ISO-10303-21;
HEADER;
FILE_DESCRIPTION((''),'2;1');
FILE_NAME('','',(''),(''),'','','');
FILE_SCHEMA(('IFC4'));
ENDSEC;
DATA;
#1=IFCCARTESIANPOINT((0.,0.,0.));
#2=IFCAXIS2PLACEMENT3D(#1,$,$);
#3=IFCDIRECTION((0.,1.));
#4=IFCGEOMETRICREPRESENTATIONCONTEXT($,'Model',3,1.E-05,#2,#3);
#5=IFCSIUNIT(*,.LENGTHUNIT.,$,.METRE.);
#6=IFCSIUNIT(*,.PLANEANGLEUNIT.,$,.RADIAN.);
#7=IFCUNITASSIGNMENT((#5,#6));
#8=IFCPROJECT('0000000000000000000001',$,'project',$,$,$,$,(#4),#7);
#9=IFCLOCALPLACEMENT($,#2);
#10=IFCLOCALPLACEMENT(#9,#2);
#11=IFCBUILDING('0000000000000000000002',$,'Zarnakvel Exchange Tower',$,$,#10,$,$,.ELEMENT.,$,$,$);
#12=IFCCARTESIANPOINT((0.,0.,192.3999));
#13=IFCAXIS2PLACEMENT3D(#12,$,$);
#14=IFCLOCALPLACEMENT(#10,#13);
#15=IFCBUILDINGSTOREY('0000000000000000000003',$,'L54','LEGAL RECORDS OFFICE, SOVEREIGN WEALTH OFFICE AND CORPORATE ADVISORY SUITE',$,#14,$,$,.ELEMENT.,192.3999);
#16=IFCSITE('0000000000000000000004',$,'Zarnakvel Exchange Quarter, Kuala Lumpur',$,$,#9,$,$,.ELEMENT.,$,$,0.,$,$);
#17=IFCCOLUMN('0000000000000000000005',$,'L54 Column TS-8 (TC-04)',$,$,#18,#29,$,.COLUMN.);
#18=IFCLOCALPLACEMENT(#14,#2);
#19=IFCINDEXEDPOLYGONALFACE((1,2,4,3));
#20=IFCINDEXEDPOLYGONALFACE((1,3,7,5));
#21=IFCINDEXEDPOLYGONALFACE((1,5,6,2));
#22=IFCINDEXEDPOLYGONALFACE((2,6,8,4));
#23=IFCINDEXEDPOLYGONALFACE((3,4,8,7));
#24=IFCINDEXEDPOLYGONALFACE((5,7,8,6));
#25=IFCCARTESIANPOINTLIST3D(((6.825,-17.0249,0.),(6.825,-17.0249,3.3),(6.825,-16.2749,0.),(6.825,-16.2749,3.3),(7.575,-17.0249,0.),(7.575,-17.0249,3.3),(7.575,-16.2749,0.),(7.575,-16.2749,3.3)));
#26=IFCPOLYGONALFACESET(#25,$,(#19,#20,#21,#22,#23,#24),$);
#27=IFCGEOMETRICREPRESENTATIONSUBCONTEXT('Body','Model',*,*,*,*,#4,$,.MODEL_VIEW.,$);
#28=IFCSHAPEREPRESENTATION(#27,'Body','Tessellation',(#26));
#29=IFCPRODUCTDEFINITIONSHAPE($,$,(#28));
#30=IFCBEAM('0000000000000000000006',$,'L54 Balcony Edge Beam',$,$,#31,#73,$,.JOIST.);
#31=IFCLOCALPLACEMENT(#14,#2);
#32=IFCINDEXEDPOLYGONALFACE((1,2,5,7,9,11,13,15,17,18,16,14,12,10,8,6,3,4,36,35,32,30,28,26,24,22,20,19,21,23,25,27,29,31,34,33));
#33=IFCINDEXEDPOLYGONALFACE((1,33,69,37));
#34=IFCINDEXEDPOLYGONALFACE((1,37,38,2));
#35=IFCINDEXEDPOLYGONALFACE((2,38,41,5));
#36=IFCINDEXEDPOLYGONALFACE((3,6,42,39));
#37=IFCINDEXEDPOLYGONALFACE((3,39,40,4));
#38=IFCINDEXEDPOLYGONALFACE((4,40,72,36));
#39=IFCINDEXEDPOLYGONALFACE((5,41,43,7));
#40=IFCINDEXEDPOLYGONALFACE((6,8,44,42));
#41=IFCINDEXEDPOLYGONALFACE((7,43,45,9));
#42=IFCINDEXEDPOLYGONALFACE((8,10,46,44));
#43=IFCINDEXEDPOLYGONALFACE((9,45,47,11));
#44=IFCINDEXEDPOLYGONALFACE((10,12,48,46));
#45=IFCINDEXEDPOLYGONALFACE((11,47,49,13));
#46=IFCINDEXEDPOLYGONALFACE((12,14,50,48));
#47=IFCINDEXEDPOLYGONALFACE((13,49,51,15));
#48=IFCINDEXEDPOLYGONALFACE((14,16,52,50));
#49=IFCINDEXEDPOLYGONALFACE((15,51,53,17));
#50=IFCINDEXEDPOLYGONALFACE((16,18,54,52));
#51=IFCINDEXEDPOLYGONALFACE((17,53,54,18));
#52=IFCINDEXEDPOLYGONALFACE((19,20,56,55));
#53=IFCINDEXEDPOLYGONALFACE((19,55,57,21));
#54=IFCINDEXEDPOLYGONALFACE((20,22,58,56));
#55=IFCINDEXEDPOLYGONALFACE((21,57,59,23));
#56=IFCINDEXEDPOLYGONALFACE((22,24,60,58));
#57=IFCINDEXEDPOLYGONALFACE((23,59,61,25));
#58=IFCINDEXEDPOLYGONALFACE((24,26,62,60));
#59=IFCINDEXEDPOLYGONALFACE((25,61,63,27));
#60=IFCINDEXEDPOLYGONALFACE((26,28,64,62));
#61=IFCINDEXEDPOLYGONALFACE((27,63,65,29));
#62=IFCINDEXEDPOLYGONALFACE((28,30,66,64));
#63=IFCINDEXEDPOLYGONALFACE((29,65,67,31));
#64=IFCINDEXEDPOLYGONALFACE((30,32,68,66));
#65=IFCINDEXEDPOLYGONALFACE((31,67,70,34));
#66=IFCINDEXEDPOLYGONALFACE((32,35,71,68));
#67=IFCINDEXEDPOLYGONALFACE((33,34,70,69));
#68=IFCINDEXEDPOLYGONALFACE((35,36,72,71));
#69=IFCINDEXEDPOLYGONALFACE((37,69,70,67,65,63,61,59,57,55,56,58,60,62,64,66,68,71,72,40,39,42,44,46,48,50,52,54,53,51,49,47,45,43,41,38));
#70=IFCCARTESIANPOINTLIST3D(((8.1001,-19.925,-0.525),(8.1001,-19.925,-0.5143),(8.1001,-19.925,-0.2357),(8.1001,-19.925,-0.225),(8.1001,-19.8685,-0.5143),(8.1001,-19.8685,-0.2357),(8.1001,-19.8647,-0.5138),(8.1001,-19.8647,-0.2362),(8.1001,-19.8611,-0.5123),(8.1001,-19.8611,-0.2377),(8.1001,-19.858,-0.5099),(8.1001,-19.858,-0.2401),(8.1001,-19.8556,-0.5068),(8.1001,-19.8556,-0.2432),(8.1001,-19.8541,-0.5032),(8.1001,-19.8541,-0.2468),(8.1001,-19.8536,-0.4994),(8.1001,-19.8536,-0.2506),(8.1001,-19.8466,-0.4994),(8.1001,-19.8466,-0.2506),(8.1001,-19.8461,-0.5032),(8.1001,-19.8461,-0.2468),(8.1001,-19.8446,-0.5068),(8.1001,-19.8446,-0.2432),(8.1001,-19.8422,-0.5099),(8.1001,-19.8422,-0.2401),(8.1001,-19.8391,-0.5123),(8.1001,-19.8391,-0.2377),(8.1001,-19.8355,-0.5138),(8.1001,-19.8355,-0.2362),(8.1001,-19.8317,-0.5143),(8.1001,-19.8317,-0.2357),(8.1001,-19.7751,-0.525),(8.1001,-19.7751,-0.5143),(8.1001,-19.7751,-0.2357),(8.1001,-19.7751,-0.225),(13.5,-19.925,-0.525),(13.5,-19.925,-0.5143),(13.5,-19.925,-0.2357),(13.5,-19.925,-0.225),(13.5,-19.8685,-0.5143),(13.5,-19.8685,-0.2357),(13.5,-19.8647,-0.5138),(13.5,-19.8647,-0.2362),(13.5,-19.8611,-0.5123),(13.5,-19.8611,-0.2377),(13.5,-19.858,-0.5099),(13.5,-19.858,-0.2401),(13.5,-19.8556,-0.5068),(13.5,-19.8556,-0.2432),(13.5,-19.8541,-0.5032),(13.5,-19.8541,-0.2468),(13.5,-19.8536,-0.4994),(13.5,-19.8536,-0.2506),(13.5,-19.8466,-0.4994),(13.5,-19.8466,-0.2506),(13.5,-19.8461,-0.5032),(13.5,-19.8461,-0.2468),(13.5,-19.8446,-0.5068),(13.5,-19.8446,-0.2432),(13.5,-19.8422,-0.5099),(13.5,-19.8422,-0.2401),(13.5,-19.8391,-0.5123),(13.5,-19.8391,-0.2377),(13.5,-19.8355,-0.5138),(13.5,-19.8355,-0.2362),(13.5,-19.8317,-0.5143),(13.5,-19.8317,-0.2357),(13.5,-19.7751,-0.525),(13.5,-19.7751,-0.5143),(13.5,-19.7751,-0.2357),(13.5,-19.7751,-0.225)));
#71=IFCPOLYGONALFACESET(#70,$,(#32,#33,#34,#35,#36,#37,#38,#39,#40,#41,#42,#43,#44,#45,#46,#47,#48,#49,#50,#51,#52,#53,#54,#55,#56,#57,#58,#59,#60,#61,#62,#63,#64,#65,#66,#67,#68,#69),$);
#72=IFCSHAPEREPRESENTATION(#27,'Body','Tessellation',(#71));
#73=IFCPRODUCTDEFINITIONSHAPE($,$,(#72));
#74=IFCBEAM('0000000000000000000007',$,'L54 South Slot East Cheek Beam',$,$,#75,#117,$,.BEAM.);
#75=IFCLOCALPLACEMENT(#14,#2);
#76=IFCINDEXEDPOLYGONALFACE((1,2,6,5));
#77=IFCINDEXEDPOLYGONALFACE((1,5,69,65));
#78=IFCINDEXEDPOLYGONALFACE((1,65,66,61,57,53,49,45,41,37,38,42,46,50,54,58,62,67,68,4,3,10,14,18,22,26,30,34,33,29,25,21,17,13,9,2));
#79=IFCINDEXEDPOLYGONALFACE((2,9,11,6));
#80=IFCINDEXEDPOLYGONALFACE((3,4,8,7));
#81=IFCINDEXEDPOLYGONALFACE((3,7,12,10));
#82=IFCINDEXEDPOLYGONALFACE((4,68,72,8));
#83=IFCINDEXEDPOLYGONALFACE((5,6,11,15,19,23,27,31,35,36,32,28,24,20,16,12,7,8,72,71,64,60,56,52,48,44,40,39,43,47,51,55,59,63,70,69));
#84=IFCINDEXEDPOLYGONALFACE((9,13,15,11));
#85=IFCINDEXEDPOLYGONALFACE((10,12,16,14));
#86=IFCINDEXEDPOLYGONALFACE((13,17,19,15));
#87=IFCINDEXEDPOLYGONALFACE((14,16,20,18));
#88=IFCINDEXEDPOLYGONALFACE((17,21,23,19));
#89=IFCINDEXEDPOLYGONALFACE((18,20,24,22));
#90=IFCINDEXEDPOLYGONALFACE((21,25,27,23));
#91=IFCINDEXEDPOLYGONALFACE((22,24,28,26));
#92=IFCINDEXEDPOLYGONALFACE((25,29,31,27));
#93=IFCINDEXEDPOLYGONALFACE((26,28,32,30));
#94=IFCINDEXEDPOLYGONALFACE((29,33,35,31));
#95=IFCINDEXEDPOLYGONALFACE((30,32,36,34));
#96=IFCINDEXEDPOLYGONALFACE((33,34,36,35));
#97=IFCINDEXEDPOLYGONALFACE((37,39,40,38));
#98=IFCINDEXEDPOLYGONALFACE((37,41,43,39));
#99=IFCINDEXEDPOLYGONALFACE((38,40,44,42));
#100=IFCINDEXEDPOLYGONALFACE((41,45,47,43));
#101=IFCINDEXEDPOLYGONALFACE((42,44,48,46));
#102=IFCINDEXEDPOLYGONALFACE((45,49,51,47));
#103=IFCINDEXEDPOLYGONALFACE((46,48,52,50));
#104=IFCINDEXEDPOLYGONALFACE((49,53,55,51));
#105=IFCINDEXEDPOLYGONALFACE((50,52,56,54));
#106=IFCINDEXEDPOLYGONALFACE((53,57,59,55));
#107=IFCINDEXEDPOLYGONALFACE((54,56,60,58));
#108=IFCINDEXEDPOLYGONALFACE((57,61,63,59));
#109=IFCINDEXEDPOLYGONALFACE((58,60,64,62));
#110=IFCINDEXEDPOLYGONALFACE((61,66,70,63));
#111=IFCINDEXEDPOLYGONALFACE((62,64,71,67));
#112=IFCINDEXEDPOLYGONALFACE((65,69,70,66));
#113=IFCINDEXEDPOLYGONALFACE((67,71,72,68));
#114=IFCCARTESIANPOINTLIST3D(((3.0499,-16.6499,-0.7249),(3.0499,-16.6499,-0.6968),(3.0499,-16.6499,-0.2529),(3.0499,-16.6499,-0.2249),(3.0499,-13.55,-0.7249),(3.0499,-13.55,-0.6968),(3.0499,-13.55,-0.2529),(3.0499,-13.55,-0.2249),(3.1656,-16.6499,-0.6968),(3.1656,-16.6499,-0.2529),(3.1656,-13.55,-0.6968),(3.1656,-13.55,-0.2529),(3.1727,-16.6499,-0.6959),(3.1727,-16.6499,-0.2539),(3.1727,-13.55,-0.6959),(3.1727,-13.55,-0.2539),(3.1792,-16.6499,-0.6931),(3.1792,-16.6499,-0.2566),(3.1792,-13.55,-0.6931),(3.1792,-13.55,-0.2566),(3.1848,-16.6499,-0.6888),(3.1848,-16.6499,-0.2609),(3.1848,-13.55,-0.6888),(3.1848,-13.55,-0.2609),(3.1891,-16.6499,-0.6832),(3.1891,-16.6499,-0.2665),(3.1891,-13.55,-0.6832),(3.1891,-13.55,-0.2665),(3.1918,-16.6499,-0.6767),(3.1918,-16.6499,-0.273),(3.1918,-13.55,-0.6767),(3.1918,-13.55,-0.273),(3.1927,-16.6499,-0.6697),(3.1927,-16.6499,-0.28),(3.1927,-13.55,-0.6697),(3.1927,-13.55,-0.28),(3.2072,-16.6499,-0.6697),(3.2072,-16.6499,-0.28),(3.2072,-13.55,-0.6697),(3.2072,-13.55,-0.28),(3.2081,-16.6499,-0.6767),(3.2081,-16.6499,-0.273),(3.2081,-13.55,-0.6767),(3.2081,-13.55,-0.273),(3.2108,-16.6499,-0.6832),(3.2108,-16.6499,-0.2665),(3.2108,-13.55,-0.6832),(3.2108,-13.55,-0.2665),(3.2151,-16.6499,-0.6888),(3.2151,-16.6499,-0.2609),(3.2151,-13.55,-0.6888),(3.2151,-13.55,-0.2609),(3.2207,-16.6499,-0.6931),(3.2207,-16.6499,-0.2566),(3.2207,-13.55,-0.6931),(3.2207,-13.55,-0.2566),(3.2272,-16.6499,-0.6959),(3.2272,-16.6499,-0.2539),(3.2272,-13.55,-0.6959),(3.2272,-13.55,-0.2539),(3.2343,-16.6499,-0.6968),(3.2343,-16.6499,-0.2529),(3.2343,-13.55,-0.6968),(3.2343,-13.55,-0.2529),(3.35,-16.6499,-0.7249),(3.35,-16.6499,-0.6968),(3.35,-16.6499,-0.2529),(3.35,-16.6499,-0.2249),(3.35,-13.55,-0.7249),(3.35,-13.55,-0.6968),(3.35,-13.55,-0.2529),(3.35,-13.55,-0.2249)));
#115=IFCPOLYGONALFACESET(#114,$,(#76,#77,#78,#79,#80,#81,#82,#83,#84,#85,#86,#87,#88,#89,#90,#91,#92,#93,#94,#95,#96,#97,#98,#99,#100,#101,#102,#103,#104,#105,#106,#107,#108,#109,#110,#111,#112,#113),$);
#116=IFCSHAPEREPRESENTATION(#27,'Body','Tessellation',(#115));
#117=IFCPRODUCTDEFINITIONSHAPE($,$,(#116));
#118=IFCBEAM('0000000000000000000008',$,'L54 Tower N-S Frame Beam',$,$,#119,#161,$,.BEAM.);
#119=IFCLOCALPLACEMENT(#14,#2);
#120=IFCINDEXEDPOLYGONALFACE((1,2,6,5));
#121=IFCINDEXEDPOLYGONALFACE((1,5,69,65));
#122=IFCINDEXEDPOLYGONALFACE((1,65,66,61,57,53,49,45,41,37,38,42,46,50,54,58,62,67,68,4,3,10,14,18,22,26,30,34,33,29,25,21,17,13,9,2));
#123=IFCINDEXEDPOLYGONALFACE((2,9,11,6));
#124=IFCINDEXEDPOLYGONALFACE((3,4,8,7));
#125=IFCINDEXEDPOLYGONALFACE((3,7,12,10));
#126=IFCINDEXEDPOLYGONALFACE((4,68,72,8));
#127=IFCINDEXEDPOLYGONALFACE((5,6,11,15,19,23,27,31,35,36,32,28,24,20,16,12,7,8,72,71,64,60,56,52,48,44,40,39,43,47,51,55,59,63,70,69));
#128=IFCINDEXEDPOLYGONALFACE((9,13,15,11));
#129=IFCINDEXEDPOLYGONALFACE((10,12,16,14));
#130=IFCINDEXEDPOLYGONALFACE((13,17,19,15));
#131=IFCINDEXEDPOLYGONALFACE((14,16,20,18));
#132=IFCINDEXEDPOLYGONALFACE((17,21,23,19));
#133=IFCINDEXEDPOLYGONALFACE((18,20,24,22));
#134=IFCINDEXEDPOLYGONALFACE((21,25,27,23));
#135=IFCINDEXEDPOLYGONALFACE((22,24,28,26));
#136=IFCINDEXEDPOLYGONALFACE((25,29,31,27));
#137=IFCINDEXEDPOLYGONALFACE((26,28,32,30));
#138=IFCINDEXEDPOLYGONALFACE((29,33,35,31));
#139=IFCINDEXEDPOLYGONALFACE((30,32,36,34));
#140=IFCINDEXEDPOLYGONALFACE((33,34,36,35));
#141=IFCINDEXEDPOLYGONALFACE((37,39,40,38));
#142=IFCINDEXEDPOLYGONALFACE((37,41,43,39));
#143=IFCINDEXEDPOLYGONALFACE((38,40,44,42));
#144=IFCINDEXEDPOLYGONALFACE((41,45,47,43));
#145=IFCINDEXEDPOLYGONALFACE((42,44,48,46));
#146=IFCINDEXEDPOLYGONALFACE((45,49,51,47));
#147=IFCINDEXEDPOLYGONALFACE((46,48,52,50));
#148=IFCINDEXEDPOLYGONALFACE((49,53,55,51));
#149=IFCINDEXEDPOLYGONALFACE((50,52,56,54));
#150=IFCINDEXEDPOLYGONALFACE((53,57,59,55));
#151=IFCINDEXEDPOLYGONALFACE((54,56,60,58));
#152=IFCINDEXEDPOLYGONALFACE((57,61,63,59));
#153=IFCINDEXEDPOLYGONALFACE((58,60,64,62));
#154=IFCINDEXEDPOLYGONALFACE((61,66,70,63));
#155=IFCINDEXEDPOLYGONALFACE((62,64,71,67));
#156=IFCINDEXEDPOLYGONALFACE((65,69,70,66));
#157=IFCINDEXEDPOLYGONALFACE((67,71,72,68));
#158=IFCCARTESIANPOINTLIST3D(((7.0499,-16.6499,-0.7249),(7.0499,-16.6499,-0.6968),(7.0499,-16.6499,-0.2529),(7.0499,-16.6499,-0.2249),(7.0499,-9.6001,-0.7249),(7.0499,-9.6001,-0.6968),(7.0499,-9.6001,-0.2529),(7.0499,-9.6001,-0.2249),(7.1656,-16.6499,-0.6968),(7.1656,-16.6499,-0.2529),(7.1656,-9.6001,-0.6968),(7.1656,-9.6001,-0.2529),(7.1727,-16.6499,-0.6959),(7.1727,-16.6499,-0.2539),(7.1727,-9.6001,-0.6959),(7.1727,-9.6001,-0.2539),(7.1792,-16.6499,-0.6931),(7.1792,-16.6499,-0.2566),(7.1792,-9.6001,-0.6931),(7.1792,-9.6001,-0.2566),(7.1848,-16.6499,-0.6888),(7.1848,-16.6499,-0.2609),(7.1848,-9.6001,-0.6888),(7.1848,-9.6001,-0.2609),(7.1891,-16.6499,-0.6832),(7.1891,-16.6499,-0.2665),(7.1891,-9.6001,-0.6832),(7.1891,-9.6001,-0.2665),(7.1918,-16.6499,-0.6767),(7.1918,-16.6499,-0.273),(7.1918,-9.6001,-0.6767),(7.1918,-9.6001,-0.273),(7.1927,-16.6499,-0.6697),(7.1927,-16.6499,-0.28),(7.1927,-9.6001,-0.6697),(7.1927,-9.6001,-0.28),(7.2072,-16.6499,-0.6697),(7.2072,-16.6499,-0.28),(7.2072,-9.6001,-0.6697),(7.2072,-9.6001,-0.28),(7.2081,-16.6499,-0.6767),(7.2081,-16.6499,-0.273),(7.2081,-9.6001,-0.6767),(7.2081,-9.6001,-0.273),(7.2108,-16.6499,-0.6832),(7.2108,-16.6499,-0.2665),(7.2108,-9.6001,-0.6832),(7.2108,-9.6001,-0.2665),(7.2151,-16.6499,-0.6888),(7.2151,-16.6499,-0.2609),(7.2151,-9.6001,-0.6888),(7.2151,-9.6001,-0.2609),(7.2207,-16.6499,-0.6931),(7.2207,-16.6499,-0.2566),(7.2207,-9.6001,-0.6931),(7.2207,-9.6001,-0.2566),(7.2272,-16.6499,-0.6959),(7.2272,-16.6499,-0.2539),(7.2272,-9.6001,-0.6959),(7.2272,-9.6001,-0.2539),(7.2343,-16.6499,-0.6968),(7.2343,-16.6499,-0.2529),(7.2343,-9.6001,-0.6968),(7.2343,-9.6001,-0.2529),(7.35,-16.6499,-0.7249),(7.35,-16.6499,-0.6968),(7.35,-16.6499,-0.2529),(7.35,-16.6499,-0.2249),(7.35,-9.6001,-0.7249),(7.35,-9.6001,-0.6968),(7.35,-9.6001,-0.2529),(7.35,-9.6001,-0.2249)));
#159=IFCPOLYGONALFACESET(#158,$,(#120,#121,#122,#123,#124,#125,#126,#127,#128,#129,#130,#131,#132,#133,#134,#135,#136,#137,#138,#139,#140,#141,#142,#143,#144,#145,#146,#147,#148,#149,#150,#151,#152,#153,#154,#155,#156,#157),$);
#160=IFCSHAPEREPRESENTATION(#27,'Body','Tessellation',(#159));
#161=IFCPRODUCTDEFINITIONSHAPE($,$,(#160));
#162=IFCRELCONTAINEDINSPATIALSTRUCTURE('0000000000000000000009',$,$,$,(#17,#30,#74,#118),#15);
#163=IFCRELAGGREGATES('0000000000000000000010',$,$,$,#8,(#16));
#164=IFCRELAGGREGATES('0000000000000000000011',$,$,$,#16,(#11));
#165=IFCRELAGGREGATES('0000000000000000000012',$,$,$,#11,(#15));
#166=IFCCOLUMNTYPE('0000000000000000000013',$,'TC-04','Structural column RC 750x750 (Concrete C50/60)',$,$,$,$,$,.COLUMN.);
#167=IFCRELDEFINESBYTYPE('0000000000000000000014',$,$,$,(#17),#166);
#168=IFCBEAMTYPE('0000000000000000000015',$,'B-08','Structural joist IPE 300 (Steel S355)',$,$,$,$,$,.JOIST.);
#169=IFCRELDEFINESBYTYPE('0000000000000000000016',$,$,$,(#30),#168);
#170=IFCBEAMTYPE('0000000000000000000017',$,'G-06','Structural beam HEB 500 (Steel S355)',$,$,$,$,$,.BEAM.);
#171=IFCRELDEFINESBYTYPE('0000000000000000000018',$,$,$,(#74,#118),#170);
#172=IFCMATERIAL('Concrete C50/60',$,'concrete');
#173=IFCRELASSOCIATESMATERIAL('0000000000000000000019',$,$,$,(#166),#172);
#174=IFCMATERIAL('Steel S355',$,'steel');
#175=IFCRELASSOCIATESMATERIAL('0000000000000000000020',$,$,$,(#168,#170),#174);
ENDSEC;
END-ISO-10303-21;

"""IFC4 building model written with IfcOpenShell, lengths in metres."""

from ifc_helpers import new_model, si_unit, direction, frame, origin, origin_2d, place, context, subcontext, project, spatial, rectangle, i_section, extrude, material, material_profile, profile_set, type_object, element, save


model = new_model("IFC4")

# Units and contexts
model_context = context("Model", 3, precision=1e-05, world=origin(), true_north=direction((0.0, 1.0)))
body_context = subcontext(model_context, "Body", "Model", "MODEL_VIEW")
ifc_project = project(units=[si_unit("LENGTHUNIT", "METRE"), si_unit("PLANEANGLEUNIT", "RADIAN")], contexts=[model_context])

# Site, building, storey
site_placement = place(None, origin())
site = spatial("IfcSite", under=ifc_project, at=site_placement, Name="Zarnakvel Exchange Quarter, Kuala Lumpur", CompositionType="ELEMENT", RefElevation=0.0)
building_placement = place(site_placement, origin())
building = spatial("IfcBuilding", under=site, at=building_placement, Name="Zarnakvel Exchange Tower", CompositionType="ELEMENT")
storey_placement = place(building_placement, frame((0.0, 0.0, 192.3999)))
storey = spatial("IfcBuildingStorey", under=building, at=storey_placement, Name="L54", Description="LEGAL RECORDS OFFICE, SOVEREIGN WEALTH OFFICE AND CORPORATE ADVISORY SUITE", CompositionType="ELEMENT", Elevation=192.3999)

# Column
ifc_material_1 = material(Name="Concrete C50/60", Category="concrete")
ifc_material_profile_1 = material_profile(ifc_material_1, rectangle(XDim=0.75, YDim=0.75, at=origin_2d()))
ifc_profile_set_1 = profile_set([ifc_material_profile_1], Name="Concrete C50/60")
column_type = type_object("IfcColumnType", Name="TC-04", Description="Structural column RC 750x750 (Concrete C50/60)", PredefinedType="COLUMN", material=ifc_profile_set_1)
column_placement = place(storey_placement, frame((7.2, -16.6499, 0.0), z_axis=(0.0, 0.0, 1.0), x_axis=(1.0, 0.0, 0.0)))
element("IfcColumn", 1, at=column_placement, inside=storey, type_object=column_type, Name="L54 Column TS-8 (TC-04)", PredefinedType="COLUMN", context=body_context, shape_type="SweptSolid", body=[
    extrude(rectangle(XDim=0.75, YDim=0.75, at=origin_2d()), origin(), (0.0, 0.0, 1.0), 3.3),
])

# Beams
ifc_material_2 = material(Name="Steel S355", Category="steel")
ifc_material_profile_2 = material_profile(ifc_material_2, i_section(OverallWidth=0.1499, OverallDepth=0.3, WebThickness=0.0071, FlangeThickness=0.0107, FilletRadius=0.0149, at=origin_2d()))
ifc_profile_set_2 = profile_set([ifc_material_profile_2], Name="Steel S355")
beam_type_1 = type_object("IfcBeamType", Name="B-08", Description="Structural joist IPE 300 (Steel S355)", PredefinedType="JOIST", material=ifc_profile_set_2)
beam_1_placement = place(storey_placement, frame((8.1001, -19.8501, -0.375), z_axis=(1.0, 0.0, 0.0), x_axis=(0.0, 1.0, 0.0)))
element("IfcBeam", 2, at=beam_1_placement, inside=storey, type_object=beam_type_1, Name="L54 Balcony Edge Beam", PredefinedType="JOIST", context=body_context, shape_type="SweptSolid", body=[
    extrude(i_section(OverallWidth=0.1499, OverallDepth=0.3, WebThickness=0.0071, FlangeThickness=0.0107, FilletRadius=0.0149, at=origin_2d()), origin(), (0.0, 0.0, 1.0), 5.3999),
])
ifc_material_profile_3 = material_profile(ifc_material_2, i_section(OverallWidth=0.3, OverallDepth=0.5, WebThickness=0.0144, FlangeThickness=0.0281, FilletRadius=0.0271, at=origin_2d()))
ifc_profile_set_3 = profile_set([ifc_material_profile_3], Name="Steel S355")
beam_type_2 = type_object("IfcBeamType", Name="G-06", Description="Structural beam HEB 500 (Steel S355)", PredefinedType="BEAM", material=ifc_profile_set_3)
beam_2_placement = place(storey_placement, frame((3.2, -16.6499, -0.4749), z_axis=(0.0, 1.0, 0.0), x_axis=(-1.0, 0.0, 0.0)))
element("IfcBeam", 3, at=beam_2_placement, inside=storey, type_object=beam_type_2, Name="L54 South Slot East Cheek Beam", PredefinedType="BEAM", context=body_context, shape_type="SweptSolid", body=[
    extrude(i_section(OverallWidth=0.3, OverallDepth=0.5, WebThickness=0.0144, FlangeThickness=0.0281, FilletRadius=0.0271, at=origin_2d()), origin(), (0.0, 0.0, 1.0), 3.0999),
])
beam_3_placement = place(storey_placement, frame((7.2, -16.6499, -0.4749), z_axis=(0.0, 1.0, 0.0), x_axis=(-1.0, 0.0, 0.0)))
element("IfcBeam", 4, at=beam_3_placement, inside=storey, type_object=beam_type_2, Name="L54 Tower N-S Frame Beam", PredefinedType="BEAM", context=body_context, shape_type="SweptSolid", body=[
    extrude(i_section(OverallWidth=0.3, OverallDepth=0.5, WebThickness=0.0144, FlangeThickness=0.0281, FilletRadius=0.0271, at=origin_2d()), origin(), (0.0, 0.0, 1.0), 7.0498),
])

save(model, "model.ifc")
